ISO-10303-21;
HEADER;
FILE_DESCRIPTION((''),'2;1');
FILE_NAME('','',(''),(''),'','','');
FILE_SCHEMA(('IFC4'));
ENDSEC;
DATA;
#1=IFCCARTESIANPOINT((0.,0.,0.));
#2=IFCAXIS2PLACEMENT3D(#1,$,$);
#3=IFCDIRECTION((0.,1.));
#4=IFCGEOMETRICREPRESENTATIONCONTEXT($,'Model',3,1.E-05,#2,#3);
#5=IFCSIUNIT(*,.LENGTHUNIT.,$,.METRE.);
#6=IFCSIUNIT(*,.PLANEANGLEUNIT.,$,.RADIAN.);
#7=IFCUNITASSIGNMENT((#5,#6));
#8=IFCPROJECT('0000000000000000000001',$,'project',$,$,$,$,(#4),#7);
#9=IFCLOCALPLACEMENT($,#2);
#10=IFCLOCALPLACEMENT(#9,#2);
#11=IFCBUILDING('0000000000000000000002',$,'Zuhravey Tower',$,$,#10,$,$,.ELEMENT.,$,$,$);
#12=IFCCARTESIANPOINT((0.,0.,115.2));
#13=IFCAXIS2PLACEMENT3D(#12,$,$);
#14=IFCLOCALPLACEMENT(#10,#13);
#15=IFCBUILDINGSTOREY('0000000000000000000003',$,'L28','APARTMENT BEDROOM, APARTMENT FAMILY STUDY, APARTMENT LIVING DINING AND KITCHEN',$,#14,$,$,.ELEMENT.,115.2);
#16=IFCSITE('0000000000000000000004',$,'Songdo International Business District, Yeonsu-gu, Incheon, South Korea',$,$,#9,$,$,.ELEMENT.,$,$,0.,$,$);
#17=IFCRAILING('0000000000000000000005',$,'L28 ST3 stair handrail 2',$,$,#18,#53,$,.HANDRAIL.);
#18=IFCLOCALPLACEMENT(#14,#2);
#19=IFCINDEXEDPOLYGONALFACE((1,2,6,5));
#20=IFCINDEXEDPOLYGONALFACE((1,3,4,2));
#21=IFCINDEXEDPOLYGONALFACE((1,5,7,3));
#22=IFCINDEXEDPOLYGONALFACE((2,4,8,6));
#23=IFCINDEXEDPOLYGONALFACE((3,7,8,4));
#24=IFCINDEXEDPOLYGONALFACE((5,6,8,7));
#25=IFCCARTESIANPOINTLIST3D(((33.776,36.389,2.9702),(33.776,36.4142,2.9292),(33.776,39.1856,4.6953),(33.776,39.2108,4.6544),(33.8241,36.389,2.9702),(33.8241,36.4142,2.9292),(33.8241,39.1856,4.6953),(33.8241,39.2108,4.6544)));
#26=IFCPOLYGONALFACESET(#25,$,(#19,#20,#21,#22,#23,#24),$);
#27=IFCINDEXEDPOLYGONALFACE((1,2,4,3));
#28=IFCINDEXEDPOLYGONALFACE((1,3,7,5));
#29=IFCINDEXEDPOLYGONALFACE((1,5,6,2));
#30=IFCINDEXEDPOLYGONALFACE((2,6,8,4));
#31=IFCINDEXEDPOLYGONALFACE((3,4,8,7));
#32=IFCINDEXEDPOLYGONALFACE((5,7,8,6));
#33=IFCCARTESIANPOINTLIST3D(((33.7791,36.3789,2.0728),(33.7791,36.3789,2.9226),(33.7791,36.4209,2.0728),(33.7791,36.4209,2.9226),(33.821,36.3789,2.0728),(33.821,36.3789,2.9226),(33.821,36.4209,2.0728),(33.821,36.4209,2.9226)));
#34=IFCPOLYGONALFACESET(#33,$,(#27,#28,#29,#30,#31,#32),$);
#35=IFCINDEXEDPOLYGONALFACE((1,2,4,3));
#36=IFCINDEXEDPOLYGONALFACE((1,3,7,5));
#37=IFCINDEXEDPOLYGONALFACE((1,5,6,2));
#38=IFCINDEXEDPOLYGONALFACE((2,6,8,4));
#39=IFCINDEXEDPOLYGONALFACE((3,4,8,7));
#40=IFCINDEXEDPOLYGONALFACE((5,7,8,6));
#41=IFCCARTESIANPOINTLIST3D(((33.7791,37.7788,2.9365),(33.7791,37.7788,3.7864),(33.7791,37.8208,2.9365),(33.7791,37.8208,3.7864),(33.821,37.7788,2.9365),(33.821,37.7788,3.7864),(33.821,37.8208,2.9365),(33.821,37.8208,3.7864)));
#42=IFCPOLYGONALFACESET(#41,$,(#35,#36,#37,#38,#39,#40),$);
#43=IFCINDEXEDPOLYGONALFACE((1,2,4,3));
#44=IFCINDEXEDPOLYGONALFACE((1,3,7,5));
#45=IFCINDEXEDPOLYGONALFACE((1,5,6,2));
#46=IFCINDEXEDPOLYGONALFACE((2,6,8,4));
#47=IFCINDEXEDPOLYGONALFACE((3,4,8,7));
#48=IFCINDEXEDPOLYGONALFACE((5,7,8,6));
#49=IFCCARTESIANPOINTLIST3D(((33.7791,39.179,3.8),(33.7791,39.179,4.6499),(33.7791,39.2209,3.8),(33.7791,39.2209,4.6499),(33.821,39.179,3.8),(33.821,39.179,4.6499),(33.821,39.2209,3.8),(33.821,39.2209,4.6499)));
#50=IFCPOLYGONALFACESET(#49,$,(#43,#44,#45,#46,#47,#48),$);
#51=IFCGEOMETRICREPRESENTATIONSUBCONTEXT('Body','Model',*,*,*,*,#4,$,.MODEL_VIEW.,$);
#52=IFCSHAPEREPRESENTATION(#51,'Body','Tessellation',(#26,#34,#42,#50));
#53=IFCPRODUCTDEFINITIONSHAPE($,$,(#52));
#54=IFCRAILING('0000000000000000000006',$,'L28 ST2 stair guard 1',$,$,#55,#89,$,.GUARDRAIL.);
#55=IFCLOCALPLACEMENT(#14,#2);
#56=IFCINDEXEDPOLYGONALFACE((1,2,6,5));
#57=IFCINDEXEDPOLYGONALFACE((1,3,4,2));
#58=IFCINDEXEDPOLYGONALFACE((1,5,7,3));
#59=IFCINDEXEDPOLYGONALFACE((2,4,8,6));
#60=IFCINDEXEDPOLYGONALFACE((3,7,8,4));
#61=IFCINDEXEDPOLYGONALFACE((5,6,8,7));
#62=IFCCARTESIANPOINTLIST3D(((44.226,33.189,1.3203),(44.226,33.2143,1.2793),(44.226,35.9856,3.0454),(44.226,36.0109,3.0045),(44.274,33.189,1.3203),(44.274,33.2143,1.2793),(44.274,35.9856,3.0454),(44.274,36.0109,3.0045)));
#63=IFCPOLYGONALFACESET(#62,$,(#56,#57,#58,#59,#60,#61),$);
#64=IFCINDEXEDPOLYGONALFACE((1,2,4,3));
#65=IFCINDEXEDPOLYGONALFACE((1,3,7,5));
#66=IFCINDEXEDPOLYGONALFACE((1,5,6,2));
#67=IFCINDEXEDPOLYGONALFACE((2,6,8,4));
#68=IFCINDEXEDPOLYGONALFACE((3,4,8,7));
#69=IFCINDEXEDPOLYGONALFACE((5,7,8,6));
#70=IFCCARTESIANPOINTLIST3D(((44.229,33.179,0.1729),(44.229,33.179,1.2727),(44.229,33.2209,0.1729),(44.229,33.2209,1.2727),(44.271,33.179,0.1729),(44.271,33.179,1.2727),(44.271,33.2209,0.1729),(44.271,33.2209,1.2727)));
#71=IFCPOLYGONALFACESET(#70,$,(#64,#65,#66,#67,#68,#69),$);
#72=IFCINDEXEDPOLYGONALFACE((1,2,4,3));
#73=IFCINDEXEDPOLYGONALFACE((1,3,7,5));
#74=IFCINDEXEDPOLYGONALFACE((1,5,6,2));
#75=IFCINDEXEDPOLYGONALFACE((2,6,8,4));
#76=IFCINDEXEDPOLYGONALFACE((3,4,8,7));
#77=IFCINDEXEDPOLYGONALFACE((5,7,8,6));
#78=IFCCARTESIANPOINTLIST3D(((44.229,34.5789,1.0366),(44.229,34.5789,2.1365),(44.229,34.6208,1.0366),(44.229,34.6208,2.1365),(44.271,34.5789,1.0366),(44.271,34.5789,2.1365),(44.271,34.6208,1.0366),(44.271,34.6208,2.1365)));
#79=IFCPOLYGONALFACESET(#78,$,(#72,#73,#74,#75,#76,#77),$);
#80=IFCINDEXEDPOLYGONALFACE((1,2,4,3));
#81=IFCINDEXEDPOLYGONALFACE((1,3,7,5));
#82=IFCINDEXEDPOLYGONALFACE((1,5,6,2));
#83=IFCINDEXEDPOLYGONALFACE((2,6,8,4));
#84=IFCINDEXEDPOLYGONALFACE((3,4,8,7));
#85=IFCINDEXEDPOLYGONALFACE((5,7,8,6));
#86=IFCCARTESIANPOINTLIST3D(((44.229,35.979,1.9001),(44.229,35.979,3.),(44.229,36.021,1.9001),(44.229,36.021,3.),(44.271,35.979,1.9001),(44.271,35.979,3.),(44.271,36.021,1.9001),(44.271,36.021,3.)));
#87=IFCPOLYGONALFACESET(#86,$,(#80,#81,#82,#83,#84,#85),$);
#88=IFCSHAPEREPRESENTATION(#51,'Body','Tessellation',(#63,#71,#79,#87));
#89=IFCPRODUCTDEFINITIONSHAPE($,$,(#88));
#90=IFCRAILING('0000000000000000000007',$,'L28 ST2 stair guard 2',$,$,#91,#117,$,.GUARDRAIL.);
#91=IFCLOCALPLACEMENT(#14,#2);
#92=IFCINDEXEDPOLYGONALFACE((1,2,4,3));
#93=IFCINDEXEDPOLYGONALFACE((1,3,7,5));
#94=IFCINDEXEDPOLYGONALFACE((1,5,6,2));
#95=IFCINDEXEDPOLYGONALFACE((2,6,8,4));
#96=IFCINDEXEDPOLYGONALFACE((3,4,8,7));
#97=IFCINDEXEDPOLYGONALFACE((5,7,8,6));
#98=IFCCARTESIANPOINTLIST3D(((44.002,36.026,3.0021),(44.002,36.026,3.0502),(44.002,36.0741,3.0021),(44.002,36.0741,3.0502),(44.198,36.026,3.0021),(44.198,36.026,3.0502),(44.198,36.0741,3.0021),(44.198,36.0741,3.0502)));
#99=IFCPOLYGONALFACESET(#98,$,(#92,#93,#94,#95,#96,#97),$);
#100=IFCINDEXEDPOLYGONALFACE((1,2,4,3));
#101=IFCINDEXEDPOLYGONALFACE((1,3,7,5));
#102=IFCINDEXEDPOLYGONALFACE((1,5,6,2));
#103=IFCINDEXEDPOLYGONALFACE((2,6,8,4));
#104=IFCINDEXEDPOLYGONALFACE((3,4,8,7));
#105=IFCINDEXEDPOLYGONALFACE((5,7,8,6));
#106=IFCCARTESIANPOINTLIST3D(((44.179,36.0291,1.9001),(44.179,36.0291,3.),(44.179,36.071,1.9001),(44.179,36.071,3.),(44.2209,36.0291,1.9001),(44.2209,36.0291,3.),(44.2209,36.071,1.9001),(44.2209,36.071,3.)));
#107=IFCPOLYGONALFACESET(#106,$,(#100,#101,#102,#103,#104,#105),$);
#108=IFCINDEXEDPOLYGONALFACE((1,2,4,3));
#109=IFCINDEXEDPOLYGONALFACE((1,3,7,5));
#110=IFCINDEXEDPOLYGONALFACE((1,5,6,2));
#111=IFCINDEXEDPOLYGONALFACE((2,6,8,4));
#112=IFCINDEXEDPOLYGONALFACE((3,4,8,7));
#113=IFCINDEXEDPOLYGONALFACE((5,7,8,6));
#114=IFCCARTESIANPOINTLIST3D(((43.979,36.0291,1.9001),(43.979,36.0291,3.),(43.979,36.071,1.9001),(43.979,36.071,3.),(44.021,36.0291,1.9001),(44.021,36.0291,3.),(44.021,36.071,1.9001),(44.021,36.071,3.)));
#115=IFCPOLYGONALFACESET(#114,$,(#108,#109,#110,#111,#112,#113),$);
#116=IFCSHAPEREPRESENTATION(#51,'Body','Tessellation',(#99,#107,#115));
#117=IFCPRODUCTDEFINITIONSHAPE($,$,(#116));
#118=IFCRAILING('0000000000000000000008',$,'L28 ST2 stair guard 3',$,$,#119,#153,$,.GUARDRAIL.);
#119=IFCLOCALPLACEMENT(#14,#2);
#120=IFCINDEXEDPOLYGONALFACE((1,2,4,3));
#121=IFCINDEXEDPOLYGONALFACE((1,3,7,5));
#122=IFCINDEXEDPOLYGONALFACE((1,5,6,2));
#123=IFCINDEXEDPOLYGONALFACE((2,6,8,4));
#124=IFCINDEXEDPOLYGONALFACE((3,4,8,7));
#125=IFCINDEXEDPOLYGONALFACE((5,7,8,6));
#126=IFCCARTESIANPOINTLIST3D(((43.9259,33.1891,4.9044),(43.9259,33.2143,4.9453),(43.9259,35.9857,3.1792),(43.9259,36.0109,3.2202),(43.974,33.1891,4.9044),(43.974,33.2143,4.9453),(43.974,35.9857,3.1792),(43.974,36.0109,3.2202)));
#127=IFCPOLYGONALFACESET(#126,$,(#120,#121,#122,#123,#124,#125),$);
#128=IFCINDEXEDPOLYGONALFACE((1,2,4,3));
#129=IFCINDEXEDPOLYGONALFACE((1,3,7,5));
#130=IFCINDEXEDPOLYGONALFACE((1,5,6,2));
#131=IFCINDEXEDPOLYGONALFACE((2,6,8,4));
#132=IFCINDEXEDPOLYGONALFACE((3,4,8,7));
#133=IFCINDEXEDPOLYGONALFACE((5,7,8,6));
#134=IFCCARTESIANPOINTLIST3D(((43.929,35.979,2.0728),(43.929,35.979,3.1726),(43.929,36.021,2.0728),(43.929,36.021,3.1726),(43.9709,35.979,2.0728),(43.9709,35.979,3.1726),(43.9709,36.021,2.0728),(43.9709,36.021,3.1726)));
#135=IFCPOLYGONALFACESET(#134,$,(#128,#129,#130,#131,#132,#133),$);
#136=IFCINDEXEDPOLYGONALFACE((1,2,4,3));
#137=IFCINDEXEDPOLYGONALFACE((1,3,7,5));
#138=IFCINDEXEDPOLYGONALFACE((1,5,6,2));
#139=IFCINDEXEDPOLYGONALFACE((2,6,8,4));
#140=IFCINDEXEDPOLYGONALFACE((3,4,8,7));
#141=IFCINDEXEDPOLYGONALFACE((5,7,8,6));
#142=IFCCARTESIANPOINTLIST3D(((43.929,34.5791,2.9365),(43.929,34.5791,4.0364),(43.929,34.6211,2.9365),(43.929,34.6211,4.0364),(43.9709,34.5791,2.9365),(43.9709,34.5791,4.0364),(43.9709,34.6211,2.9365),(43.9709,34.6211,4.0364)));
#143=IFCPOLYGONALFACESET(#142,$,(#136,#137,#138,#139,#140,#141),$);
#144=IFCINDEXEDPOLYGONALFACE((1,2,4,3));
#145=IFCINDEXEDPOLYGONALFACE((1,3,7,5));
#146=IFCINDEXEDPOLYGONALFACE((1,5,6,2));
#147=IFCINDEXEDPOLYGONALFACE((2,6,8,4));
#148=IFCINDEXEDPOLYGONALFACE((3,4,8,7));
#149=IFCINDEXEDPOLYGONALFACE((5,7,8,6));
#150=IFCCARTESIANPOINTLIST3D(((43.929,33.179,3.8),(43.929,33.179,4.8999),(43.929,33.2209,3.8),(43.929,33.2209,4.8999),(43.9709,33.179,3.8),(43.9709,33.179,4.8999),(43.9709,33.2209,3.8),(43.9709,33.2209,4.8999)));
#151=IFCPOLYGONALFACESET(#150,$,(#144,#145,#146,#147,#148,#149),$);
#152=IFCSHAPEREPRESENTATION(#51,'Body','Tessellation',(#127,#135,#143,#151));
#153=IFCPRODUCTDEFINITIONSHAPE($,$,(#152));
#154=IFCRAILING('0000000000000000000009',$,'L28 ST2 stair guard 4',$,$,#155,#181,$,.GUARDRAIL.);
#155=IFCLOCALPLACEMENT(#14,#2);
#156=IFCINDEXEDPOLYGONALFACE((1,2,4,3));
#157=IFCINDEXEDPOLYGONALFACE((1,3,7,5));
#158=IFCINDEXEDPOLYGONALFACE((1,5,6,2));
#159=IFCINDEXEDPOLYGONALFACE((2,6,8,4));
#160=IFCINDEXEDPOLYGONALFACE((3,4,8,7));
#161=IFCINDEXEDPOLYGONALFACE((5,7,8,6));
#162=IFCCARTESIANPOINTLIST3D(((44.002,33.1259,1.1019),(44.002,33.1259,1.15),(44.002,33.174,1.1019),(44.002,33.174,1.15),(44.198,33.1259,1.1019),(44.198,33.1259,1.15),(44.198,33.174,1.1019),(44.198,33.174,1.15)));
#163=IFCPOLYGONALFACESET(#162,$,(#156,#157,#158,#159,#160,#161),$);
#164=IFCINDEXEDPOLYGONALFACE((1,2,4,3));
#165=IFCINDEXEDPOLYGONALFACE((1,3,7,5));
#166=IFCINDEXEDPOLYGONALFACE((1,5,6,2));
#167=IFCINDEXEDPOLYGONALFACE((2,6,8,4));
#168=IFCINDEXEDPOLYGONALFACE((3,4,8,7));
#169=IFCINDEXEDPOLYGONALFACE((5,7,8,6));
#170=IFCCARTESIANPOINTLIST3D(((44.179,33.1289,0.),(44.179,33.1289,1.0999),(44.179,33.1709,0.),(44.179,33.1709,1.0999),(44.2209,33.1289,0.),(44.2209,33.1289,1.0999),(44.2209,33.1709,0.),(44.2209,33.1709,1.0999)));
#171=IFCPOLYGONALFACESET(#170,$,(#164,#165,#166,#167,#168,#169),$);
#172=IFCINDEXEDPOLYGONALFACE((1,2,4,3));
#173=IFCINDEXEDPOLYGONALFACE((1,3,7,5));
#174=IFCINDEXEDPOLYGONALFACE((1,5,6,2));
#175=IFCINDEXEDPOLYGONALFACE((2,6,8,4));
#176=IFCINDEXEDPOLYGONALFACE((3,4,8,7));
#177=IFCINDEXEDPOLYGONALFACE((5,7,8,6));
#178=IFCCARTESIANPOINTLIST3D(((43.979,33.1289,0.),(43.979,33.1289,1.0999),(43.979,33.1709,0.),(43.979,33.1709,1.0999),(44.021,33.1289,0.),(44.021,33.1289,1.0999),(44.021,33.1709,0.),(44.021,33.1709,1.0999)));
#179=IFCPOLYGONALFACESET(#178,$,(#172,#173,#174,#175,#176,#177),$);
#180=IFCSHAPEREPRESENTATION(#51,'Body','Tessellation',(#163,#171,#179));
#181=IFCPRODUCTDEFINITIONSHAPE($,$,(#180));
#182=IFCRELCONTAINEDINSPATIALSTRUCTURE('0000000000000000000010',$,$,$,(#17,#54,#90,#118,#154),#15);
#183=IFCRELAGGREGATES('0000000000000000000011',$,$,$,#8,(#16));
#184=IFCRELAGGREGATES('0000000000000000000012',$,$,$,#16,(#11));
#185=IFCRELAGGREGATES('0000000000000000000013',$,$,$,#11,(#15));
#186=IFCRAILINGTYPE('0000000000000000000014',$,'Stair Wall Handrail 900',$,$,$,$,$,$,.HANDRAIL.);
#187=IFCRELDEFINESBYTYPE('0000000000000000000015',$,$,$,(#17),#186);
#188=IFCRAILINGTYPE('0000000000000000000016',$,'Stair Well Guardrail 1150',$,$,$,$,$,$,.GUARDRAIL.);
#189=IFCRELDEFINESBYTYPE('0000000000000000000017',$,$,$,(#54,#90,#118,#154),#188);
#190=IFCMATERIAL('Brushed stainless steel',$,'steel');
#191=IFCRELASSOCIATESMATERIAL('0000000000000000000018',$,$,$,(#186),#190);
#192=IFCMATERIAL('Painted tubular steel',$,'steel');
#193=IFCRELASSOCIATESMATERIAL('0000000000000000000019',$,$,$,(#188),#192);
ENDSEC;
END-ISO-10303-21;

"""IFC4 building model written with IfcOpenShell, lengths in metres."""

from ifc_helpers import new_model, si_unit, direction, frame, origin, origin_2d, place, context, subcontext, project, spatial, rectangle, extrude, material, type_object, element, save


model = new_model("IFC4")

# Units and contexts
model_context = context("Model", 3, precision=1e-05, world=origin(), true_north=direction((0.0, 1.0)))
body_context = subcontext(model_context, "Body", "Model", "MODEL_VIEW")
ifc_project = project(units=[si_unit("LENGTHUNIT", "METRE"), si_unit("PLANEANGLEUNIT", "RADIAN")], contexts=[model_context])

# Site, building, storey
site_placement = place(None, origin())
site = spatial("IfcSite", under=ifc_project, at=site_placement, Name="Songdo International Business District, Yeonsu-gu, Incheon, South Korea", CompositionType="ELEMENT", RefElevation=0.0)
building_placement = place(site_placement, origin())
building = spatial("IfcBuilding", under=site, at=building_placement, Name="Zuhravey Tower", CompositionType="ELEMENT")
storey_placement = place(building_placement, frame((0.0, 0.0, 115.2)))
storey = spatial("IfcBuildingStorey", under=building, at=storey_placement, Name="L28", Description="APARTMENT BEDROOM, APARTMENT FAMILY STUDY, APARTMENT LIVING DINING AND KITCHEN", CompositionType="ELEMENT", Elevation=115.2)

# Railings
ifc_material_1 = material(Name="Brushed stainless steel", Category="steel")
railing_type_1 = type_object("IfcRailingType", Name="Stair Wall Handrail 900", PredefinedType="HANDRAIL", material=ifc_material_1)
railing_1_placement = place(storey_placement, frame((33.8, 36.3999, 2.0728)))
element("IfcRailing", 1, at=railing_1_placement, inside=storey, type_object=railing_type_1, Name="L28 ST3 stair handrail 2", PredefinedType="HANDRAIL", context=body_context, shape_type="SweptSolid", body=[
    extrude(rectangle(XDim=0.0481, YDim=0.0481, at=origin_2d()), frame((0.0, 0.0017, 0.877), z_axis=(0.0, 0.85109, 0.52502), x_axis=(-1.0, 0.0, 0.0)), (0.0, 0.0, 1.0), 3.2859),
    extrude(rectangle(XDim=0.042, YDim=0.042, at=origin_2d()), origin(), (0.0, 0.0, 1.0), 0.8499),
    extrude(rectangle(XDim=0.042, YDim=0.042, at=origin_2d()), frame((0.0, 1.3999, 0.8638)), (0.0, 0.0, 1.0), 0.8499),
    extrude(rectangle(XDim=0.042, YDim=0.042, at=origin_2d()), frame((0.0, 2.8, 1.7273)), (0.0, 0.0, 1.0), 0.8499),
])
ifc_material_2 = material(Name="Painted tubular steel", Category="steel")
railing_type_2 = type_object("IfcRailingType", Name="Stair Well Guardrail 1150", PredefinedType="GUARDRAIL", material=ifc_material_2)
railing_2_placement = place(storey_placement, frame((44.25, 33.2, 0.1729)))
element("IfcRailing", 2, at=railing_2_placement, inside=storey, type_object=railing_type_2, Name="L28 ST2 stair guard 1", PredefinedType="GUARDRAIL", context=body_context, shape_type="SweptSolid", body=[
    extrude(rectangle(XDim=0.0481, YDim=0.0481, at=origin_2d()), frame((0.0, 0.0017, 1.127), z_axis=(0.0, 0.85109, 0.52502), x_axis=(-1.0, 0.0, 0.0)), (0.0, 0.0, 1.0), 3.2859),
    extrude(rectangle(XDim=0.042, YDim=0.042, at=origin_2d()), origin(), (0.0, 0.0, 1.0), 1.0999),
    extrude(rectangle(XDim=0.042, YDim=0.042, at=origin_2d()), frame((0.0, 1.3999, 0.8638)), (0.0, 0.0, 1.0), 1.0999),
    extrude(rectangle(XDim=0.042, YDim=0.042, at=origin_2d()), frame((0.0, 2.8, 1.7273)), (0.0, 0.0, 1.0), 1.0999),
])
railing_3_placement = place(storey_placement, frame((44.2, 36.05, 1.9001)))
element("IfcRailing", 3, at=railing_3_placement, inside=storey, type_object=railing_type_2, Name="L28 ST2 stair guard 2", PredefinedType="GUARDRAIL", context=body_context, shape_type="SweptSolid", body=[
    extrude(rectangle(XDim=0.0481, YDim=0.0481, at=origin_2d()), frame((-0.002, 0.0, 1.126), z_axis=(-1.0, 0.0, 0.0), x_axis=(0.0, -1.0, 0.0)), (0.0, 0.0, 1.0), 0.196),
    extrude(rectangle(XDim=0.042, YDim=0.042, at=origin_2d()), origin(), (0.0, 0.0, 1.0), 1.0999),
    extrude(rectangle(XDim=0.042, YDim=0.042, at=origin_2d()), frame((-0.2, 0.0, 0.0)), (0.0, 0.0, 1.0), 1.0999),
])
railing_4_placement = place(storey_placement, frame((43.95, 36.0, 2.0728)))
element("IfcRailing", 4, at=railing_4_placement, inside=storey, type_object=railing_type_2, Name="L28 ST2 stair guard 3", PredefinedType="GUARDRAIL", context=body_context, shape_type="SweptSolid", body=[
    extrude(rectangle(XDim=0.0481, YDim=0.0481, at=origin_2d()), frame((0.0, -0.0017, 1.127), z_axis=(0.0, -0.85109, 0.52502), x_axis=(1.0, 0.0, 0.0)), (0.0, 0.0, 1.0), 3.2859),
    extrude(rectangle(XDim=0.042, YDim=0.042, at=origin_2d()), origin(), (0.0, 0.0, 1.0), 1.0999),
    extrude(rectangle(XDim=0.042, YDim=0.042, at=origin_2d()), frame((0.0, -1.3999, 0.8638)), (0.0, 0.0, 1.0), 1.0999),
    extrude(rectangle(XDim=0.042, YDim=0.042, at=origin_2d()), frame((0.0, -2.8, 1.7273)), (0.0, 0.0, 1.0), 1.0999),
])
railing_5_placement = place(storey_placement, frame((44.2, 33.1499, 0.0)))
element("IfcRailing", 5, at=railing_5_placement, inside=storey, type_object=railing_type_2, Name="L28 ST2 stair guard 4", PredefinedType="GUARDRAIL", context=body_context, shape_type="SweptSolid", body=[
    extrude(rectangle(XDim=0.0481, YDim=0.0481, at=origin_2d()), frame((-0.002, 0.0, 1.126), z_axis=(-1.0, 0.0, 0.0), x_axis=(0.0, -1.0, 0.0)), (0.0, 0.0, 1.0), 0.196),
    extrude(rectangle(XDim=0.042, YDim=0.042, at=origin_2d()), origin(), (0.0, 0.0, 1.0), 1.0999),
    extrude(rectangle(XDim=0.042, YDim=0.042, at=origin_2d()), frame((-0.2, 0.0, 0.0)), (0.0, 0.0, 1.0), 1.0999),
])

save(model, "model.ifc")
